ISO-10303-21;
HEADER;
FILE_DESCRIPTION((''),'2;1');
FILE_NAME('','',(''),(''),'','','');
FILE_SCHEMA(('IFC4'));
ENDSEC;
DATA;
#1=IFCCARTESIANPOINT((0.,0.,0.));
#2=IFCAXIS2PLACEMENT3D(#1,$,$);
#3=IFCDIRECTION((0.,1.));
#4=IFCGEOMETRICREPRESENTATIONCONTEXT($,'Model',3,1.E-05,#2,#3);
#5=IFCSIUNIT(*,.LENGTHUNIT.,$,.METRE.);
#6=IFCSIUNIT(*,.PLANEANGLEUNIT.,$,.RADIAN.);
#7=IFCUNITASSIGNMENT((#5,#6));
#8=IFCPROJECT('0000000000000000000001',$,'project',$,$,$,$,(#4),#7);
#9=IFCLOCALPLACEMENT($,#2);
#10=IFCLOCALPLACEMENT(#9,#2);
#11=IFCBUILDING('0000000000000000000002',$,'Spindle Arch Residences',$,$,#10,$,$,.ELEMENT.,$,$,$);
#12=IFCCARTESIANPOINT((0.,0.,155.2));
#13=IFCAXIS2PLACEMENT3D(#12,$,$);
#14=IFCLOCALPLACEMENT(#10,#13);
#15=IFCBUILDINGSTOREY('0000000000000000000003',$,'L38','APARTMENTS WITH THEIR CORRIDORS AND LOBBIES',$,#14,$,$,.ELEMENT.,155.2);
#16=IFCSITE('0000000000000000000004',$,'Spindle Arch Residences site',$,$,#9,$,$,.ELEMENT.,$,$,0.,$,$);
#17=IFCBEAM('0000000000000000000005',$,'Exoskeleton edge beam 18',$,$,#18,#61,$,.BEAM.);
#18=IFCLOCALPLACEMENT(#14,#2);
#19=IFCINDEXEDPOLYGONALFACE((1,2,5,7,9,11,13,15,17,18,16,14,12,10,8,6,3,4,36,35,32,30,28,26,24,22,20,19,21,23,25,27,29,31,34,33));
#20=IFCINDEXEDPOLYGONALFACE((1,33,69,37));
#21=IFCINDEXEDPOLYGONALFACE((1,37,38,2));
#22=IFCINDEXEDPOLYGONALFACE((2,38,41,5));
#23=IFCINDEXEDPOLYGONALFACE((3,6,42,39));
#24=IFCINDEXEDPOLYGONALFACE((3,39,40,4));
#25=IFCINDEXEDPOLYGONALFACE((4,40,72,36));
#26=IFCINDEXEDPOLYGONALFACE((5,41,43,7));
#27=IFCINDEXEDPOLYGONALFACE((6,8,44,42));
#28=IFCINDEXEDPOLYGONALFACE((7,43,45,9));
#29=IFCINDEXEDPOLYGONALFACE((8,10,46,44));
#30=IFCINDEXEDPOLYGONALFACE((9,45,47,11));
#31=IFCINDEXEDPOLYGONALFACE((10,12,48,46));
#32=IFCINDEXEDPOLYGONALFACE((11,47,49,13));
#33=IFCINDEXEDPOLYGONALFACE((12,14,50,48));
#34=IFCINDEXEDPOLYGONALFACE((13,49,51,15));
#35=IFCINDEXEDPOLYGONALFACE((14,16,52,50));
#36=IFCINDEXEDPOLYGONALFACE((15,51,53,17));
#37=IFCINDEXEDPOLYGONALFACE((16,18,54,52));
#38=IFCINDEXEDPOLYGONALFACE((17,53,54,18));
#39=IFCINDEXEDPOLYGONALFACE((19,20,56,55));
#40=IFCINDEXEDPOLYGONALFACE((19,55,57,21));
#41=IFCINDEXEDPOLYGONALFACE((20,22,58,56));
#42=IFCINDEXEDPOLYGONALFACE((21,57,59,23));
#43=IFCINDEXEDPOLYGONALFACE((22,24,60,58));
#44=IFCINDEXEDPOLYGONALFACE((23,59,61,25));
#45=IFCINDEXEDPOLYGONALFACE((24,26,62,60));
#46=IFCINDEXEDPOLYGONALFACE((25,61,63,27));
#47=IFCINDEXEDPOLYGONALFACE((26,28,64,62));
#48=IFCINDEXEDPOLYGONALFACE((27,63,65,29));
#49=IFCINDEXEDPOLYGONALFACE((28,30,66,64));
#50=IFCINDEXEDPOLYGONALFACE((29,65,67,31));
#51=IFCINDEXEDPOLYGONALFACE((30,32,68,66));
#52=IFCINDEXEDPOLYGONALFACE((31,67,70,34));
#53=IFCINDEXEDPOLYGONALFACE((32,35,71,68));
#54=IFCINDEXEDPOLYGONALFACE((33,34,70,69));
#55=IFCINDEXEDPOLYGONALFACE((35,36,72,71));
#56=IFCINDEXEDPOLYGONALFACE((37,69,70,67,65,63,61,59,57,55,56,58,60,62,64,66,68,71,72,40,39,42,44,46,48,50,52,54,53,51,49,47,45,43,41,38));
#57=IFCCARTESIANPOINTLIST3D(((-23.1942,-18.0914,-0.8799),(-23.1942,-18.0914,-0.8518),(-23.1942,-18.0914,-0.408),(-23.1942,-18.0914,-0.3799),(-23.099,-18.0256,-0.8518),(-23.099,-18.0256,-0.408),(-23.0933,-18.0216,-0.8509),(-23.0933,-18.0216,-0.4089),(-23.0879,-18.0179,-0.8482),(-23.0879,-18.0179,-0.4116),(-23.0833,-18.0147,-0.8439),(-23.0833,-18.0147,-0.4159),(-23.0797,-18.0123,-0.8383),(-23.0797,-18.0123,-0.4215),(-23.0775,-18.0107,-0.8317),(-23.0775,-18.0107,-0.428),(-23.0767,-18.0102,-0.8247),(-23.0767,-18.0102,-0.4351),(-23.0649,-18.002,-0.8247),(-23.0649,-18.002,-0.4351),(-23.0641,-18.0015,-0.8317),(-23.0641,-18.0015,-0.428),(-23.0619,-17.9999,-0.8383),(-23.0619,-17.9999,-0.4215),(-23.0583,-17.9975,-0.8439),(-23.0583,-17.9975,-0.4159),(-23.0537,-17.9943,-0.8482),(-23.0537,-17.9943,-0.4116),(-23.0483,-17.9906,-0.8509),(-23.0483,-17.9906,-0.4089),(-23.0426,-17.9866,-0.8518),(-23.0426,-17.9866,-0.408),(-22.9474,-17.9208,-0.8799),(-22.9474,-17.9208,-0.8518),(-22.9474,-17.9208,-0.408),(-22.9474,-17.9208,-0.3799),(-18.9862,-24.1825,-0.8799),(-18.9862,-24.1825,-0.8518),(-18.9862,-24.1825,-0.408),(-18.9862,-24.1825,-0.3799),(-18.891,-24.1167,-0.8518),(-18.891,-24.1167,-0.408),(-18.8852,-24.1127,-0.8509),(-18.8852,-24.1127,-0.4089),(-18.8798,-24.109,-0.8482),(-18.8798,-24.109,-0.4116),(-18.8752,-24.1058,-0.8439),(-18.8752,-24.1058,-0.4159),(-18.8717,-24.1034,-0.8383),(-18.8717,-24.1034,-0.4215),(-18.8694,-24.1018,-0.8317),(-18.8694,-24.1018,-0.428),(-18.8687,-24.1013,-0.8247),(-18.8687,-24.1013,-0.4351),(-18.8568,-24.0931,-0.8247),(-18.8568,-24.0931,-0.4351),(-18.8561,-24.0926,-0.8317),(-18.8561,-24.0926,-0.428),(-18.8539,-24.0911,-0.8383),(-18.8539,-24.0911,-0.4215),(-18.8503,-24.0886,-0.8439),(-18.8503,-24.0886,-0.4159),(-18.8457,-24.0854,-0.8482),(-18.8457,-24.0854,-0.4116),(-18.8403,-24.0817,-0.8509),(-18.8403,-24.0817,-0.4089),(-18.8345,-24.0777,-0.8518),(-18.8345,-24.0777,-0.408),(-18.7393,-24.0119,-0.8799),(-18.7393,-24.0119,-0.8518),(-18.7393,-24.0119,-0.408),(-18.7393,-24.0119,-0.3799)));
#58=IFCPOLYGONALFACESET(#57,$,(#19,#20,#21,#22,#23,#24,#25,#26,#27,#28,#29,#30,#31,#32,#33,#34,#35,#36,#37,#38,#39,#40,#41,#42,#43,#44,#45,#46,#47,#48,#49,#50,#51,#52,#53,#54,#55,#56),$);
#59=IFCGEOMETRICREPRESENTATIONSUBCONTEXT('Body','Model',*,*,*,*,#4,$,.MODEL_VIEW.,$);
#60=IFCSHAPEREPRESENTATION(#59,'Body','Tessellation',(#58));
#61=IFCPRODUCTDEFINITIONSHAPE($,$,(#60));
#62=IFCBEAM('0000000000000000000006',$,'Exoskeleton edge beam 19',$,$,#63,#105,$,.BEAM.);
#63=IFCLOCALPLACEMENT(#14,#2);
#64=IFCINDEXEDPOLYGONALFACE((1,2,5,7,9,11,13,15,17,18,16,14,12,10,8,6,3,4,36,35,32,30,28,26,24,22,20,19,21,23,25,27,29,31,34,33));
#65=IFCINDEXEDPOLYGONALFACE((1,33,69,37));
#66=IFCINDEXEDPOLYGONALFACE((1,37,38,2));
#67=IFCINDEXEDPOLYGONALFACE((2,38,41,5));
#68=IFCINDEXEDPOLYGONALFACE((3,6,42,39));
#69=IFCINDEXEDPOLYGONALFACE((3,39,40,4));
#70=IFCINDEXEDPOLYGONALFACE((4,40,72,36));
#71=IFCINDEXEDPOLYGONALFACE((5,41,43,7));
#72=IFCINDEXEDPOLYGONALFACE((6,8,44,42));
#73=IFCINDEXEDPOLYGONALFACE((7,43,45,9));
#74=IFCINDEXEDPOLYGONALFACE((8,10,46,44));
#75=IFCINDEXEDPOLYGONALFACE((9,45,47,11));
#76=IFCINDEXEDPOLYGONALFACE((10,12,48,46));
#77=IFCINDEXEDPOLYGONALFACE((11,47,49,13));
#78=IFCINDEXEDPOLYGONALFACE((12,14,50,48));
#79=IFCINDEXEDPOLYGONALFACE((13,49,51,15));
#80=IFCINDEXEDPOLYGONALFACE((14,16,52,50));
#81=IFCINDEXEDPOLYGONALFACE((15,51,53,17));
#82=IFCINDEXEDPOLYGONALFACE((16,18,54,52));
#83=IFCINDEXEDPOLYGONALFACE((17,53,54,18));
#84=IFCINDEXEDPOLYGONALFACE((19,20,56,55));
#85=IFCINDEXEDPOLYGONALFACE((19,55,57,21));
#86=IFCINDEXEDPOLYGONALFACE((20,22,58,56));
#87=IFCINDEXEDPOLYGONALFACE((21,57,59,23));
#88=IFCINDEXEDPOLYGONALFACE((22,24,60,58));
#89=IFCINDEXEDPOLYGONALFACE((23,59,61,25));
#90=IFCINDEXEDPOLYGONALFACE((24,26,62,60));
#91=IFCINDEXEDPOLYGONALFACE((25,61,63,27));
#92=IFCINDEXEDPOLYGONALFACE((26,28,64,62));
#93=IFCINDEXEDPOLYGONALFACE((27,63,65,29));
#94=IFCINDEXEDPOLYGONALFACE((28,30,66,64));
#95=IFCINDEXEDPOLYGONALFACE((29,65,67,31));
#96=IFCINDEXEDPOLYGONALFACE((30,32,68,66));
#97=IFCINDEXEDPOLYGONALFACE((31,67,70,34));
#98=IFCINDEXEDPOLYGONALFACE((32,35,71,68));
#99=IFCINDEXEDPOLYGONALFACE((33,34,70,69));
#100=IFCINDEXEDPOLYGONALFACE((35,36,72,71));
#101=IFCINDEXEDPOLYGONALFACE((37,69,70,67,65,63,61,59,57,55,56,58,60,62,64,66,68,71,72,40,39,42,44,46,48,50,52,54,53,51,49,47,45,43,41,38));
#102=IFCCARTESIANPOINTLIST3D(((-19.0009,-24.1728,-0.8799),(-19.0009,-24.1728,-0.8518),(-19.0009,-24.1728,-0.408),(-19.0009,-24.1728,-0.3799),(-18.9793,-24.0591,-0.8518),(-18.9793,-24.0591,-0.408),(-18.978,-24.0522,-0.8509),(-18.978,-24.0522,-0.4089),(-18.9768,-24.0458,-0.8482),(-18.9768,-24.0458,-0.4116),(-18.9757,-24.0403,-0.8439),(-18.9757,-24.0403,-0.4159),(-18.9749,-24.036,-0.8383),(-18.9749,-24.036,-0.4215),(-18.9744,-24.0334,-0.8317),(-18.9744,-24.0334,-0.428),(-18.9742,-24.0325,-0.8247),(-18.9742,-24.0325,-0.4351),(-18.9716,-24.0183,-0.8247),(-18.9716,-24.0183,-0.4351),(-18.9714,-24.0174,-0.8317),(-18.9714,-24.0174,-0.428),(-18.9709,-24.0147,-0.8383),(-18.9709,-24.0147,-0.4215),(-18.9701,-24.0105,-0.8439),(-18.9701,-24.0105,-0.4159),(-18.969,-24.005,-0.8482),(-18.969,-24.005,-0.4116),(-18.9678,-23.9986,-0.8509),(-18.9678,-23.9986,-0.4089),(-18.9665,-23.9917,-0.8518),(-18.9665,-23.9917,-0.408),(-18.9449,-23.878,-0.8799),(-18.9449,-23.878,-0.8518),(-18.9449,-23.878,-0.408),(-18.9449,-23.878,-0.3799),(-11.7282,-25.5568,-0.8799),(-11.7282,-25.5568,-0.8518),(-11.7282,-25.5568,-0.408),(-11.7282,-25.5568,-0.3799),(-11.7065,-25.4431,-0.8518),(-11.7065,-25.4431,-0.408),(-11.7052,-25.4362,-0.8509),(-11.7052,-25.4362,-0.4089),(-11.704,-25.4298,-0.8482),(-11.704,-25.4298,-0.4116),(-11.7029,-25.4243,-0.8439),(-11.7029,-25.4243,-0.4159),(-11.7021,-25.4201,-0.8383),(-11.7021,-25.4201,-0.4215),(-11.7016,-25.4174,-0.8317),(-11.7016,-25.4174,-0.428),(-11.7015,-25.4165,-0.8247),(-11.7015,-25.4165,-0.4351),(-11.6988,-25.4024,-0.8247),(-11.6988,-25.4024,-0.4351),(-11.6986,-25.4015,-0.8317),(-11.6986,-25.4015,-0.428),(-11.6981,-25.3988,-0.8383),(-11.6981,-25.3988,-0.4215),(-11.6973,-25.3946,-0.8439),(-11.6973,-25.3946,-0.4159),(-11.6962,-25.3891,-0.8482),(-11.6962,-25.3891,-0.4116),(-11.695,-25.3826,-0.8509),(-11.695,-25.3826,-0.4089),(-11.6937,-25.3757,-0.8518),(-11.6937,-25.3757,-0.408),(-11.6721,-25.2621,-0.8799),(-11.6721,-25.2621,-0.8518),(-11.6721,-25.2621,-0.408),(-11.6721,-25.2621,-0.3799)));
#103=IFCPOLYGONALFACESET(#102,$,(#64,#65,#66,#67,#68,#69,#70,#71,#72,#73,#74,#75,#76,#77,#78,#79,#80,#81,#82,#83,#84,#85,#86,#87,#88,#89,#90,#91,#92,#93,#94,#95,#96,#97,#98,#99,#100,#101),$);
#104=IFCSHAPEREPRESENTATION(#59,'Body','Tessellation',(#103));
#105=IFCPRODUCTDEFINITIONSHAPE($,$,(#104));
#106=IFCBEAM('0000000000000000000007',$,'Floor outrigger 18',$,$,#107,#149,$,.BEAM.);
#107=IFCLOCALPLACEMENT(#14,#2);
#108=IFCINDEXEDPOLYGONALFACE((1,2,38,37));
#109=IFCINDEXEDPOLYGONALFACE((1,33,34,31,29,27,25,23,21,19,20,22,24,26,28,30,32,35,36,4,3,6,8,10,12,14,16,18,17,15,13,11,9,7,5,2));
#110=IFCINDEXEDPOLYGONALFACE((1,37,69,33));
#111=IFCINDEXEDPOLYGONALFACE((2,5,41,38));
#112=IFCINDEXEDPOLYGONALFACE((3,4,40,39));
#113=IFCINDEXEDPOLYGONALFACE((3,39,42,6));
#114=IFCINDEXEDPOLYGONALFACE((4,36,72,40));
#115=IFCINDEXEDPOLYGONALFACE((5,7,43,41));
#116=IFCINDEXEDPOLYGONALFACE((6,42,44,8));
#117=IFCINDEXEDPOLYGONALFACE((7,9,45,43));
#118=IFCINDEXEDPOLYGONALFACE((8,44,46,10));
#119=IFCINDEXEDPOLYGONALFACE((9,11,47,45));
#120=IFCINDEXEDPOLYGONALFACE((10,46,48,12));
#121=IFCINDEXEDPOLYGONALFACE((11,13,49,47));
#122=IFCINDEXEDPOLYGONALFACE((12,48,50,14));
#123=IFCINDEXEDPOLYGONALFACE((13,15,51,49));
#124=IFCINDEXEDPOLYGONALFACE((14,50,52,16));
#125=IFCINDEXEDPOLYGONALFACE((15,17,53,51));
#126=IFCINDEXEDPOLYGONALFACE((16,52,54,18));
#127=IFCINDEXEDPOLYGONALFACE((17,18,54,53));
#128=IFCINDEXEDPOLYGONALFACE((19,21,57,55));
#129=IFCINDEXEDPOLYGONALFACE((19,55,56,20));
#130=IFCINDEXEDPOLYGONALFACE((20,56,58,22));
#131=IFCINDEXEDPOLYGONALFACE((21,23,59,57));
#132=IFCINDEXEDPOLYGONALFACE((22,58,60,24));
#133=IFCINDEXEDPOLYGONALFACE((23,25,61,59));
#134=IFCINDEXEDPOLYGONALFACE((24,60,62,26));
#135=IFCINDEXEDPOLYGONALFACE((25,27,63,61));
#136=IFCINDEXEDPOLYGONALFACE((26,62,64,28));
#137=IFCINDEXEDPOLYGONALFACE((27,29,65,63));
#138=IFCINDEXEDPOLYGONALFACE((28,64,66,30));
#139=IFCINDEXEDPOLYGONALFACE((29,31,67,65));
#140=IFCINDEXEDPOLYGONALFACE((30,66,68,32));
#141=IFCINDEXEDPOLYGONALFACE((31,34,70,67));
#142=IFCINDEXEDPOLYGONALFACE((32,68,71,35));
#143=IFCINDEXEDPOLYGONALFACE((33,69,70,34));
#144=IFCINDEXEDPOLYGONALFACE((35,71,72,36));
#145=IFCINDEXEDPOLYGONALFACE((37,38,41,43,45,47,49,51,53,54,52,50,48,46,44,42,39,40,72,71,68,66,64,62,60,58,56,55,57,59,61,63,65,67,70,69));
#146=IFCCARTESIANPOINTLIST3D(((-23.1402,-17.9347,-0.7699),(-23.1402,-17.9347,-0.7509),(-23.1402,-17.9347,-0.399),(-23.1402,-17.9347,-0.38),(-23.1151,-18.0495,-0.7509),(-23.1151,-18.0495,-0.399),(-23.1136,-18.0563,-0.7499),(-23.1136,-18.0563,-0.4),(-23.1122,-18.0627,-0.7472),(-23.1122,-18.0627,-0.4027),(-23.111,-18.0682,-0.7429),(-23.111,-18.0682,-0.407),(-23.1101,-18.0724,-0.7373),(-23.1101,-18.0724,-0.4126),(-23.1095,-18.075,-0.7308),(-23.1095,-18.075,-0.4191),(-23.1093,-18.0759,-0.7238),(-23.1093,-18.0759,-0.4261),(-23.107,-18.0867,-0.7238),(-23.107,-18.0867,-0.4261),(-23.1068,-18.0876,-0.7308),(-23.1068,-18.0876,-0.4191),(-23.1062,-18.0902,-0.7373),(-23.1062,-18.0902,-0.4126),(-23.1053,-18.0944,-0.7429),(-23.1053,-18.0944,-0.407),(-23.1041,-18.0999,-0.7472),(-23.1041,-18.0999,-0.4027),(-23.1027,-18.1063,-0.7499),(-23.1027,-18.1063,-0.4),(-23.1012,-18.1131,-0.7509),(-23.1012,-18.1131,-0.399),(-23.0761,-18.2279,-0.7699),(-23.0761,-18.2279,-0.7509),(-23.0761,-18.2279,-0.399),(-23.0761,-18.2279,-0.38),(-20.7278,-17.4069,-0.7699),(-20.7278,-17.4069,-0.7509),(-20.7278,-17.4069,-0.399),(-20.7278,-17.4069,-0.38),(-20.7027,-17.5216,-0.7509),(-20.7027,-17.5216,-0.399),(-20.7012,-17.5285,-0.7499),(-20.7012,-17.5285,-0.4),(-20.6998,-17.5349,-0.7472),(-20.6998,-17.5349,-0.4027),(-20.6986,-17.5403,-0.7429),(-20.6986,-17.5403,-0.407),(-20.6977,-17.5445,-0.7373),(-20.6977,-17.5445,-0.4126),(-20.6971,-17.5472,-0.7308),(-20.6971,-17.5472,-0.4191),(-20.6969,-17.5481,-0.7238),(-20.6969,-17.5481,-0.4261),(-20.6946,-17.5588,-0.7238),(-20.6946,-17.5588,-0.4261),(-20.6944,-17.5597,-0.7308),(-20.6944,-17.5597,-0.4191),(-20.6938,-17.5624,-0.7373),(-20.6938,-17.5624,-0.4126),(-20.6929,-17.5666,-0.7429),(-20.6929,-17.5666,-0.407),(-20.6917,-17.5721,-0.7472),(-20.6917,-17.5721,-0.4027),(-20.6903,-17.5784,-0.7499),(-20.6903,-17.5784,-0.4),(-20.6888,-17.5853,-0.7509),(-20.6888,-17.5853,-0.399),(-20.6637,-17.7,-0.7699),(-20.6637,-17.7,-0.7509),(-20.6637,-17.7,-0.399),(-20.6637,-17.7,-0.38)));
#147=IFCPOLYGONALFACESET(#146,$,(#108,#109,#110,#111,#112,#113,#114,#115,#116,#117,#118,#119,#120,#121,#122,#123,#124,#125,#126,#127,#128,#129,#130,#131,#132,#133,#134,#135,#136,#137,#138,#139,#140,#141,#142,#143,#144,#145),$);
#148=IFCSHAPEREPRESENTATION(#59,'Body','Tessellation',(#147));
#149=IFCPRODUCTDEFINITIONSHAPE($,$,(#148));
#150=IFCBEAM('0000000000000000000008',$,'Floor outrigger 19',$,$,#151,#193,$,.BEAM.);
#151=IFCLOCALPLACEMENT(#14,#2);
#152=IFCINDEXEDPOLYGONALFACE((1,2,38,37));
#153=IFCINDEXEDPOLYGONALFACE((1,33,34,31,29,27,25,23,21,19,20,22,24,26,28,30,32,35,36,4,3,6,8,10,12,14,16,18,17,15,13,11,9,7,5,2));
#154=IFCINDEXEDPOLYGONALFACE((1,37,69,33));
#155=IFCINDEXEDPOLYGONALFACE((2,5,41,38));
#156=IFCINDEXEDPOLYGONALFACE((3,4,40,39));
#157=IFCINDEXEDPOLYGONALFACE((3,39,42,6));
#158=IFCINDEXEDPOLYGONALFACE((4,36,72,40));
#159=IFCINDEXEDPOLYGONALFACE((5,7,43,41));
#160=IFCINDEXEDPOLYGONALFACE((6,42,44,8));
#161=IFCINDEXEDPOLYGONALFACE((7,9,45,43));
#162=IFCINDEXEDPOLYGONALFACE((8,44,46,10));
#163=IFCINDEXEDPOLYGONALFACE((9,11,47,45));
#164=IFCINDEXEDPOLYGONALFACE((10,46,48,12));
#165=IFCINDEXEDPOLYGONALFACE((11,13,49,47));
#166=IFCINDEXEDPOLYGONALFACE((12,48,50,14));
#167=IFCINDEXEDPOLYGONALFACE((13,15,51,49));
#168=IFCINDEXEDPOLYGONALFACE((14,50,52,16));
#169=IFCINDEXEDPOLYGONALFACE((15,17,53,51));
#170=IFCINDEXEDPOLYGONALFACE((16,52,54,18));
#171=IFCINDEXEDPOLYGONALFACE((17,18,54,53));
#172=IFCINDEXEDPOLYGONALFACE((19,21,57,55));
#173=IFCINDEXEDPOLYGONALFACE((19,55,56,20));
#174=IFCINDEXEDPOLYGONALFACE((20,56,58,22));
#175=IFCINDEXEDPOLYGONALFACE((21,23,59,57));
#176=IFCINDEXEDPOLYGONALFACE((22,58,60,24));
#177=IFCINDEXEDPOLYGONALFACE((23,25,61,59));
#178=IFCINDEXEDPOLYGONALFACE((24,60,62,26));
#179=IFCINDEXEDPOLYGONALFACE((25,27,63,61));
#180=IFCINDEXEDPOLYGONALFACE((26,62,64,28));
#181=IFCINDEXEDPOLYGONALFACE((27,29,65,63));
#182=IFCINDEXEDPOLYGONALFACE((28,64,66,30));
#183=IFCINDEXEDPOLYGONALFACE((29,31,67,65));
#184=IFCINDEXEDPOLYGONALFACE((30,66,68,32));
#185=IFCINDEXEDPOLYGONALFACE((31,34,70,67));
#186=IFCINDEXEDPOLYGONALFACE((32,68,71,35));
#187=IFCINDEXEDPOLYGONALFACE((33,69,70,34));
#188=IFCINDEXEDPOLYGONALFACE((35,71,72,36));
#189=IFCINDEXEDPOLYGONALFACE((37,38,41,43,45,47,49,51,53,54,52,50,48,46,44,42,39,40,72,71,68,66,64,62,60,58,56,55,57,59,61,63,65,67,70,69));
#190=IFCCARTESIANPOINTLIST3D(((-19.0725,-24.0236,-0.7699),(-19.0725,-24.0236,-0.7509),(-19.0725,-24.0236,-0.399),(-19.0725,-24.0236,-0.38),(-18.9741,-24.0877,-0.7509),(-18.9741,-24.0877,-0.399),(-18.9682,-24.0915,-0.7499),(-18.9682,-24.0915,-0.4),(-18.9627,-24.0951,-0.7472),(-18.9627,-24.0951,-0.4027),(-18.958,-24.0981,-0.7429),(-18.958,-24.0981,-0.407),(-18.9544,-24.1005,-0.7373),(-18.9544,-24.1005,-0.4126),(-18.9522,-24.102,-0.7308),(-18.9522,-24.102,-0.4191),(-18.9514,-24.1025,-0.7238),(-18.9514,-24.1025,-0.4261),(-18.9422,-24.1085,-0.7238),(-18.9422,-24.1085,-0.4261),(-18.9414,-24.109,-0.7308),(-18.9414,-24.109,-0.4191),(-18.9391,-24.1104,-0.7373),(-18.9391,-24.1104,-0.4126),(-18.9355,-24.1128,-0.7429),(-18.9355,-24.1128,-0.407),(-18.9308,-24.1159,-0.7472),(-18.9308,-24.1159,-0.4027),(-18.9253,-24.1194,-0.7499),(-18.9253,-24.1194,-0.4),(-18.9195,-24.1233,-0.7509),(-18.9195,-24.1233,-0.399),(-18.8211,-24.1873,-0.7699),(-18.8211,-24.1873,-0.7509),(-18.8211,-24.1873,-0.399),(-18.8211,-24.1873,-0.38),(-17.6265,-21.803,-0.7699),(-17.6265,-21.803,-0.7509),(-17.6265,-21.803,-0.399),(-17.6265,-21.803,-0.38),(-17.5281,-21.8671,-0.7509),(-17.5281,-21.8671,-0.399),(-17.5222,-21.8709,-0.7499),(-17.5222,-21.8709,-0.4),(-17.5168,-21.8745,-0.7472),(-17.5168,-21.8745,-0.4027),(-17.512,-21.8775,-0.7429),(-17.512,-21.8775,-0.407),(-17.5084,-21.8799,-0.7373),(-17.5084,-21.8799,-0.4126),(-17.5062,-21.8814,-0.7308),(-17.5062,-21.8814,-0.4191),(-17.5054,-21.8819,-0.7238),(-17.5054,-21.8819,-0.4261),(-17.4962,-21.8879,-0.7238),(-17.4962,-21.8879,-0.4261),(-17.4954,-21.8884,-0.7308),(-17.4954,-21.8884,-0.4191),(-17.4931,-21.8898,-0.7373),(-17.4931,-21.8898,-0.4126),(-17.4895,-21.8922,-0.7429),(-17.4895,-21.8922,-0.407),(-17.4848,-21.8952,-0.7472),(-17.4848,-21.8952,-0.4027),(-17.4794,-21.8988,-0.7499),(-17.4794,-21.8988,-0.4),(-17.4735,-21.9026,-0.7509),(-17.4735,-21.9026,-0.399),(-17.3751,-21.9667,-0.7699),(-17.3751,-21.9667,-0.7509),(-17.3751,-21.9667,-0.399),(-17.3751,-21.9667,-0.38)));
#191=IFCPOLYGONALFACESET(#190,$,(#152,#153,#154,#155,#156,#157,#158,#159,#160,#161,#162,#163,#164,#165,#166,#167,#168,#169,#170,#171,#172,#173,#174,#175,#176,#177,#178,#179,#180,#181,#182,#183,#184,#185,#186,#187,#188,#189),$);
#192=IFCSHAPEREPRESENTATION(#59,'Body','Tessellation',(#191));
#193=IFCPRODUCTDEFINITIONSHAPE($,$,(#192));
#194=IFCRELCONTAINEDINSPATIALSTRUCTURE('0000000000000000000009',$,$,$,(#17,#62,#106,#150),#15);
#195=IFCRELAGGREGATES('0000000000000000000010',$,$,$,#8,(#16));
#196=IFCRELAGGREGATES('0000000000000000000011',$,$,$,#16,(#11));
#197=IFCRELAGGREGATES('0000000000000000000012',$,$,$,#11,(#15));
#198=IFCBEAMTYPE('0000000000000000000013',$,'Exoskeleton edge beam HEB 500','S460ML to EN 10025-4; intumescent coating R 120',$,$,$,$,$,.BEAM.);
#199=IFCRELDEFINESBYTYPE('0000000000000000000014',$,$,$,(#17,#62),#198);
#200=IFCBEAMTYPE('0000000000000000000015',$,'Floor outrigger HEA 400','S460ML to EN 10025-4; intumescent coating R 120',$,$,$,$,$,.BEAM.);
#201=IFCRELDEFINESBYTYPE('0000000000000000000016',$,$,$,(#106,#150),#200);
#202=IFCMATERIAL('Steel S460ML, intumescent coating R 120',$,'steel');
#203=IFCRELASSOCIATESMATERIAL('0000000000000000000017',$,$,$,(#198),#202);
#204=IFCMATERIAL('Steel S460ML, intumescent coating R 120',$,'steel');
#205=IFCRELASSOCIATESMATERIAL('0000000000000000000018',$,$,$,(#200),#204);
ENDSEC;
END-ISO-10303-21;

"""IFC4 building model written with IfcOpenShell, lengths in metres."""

from ifc_helpers import new_model, si_unit, direction, frame, origin, origin_2d, place, context, subcontext, project, spatial, i_section, extrude, material, material_profile, profile_set, type_object, element, save


model = new_model("IFC4")

# Units and contexts
model_context = context("Model", 3, precision=1e-05, world=origin(), true_north=direction((0.0, 1.0)))
body_context = subcontext(model_context, "Body", "Model", "MODEL_VIEW")
ifc_project = project(units=[si_unit("LENGTHUNIT", "METRE"), si_unit("PLANEANGLEUNIT", "RADIAN")], contexts=[model_context])

# Site, building, storey
site_placement = place(None, origin())
site = spatial("IfcSite", under=ifc_project, at=site_placement, Name="Spindle Arch Residences site", CompositionType="ELEMENT", RefElevation=0.0)
building_placement = place(site_placement, origin())
building = spatial("IfcBuilding", under=site, at=building_placement, Name="Spindle Arch Residences", CompositionType="ELEMENT")
storey_placement = place(building_placement, frame((0.0, 0.0, 155.2)))
storey = spatial("IfcBuildingStorey", under=building, at=storey_placement, Name="L38", Description="APARTMENTS WITH THEIR CORRIDORS AND LOBBIES", CompositionType="ELEMENT", Elevation=155.2)

# Beams
ifc_material_1 = material(Name="Steel S460ML, intumescent coating R 120", Category="steel")
ifc_material_profile_1 = material_profile(ifc_material_1, i_section(OverallWidth=0.3, OverallDepth=0.5, WebThickness=0.0144, FlangeThickness=0.0281, FilletRadius=0.0271, at=origin_2d()), Name="HEB 500")
ifc_profile_set_1 = profile_set([ifc_material_profile_1], Name="Steel S460ML, intumescent coating R 120")
beam_type_1 = type_object("IfcBeamType", Name="Exoskeleton edge beam HEB 500", Description="S460ML to EN 10025-4; intumescent coating R 120", PredefinedType="BEAM", material=ifc_profile_set_1)
for number, where, z_axis, x_axis, name in (
    (1, (-23.0708, -18.0061, -0.6299), (0.568399, -0.822753, 0.0), (0.822753, 0.568399, 0.0), "Exoskeleton edge beam 18"),
    (2, (-18.9729, -24.0254, -0.6299), (0.982369, -0.18695, 0.0), (0.18695, 0.982369, 0.0), "Exoskeleton edge beam 19"),
):
    element("IfcBeam", number, at=place(storey_placement, frame(where, z_axis=z_axis, x_axis=x_axis)), inside=storey, type_object=beam_type_1, Name=name, PredefinedType="BEAM", context=body_context, shape_type="SweptSolid", body=[
        extrude(i_section(OverallWidth=0.3, OverallDepth=0.5, WebThickness=0.0144, FlangeThickness=0.0281, FilletRadius=0.0271, at=origin_2d()), origin(), (0.0, 0.0, 1.0), 7.4033),
    ])
ifc_material_2 = material(Name="Steel S460ML, intumescent coating R 120", Category="steel")
ifc_material_profile_2 = material_profile(ifc_material_2, i_section(OverallWidth=0.3, OverallDepth=0.3899, WebThickness=0.011, FlangeThickness=0.019, FilletRadius=0.0271, at=origin_2d()), Name="HEA 400")
ifc_profile_set_2 = profile_set([ifc_material_profile_2], Name="Steel S460ML, intumescent coating R 120")
beam_type_2 = type_object("IfcBeamType", Name="Floor outrigger HEA 400", Description="S460ML to EN 10025-4; intumescent coating R 120", PredefinedType="BEAM", material=ifc_profile_set_2)
beam_1_placement = place(storey_placement, frame((-23.1082, -18.0813, -0.575), z_axis=(0.976889, 0.213747, 0.0), x_axis=(-0.213747, 0.976889, 0.0)))
element("IfcBeam", 3, at=beam_1_placement, inside=storey, type_object=beam_type_2, Name="Floor outrigger 18", PredefinedType="BEAM", context=body_context, shape_type="SweptSolid", body=[
    extrude(i_section(OverallWidth=0.3, OverallDepth=0.3899, WebThickness=0.011, FlangeThickness=0.019, FilletRadius=0.0271, at=origin_2d()), origin(), (0.0, 0.0, 1.0), 2.4695),
])
beam_2_placement = place(storey_placement, frame((-18.9468, -24.1055, -0.575), z_axis=(0.545675, 0.837997, 0.0), x_axis=(-0.837997, 0.545675, 0.0)))
element("IfcBeam", 4, at=beam_2_placement, inside=storey, type_object=beam_type_2, Name="Floor outrigger 19", PredefinedType="BEAM", context=body_context, shape_type="SweptSolid", body=[
    extrude(i_section(OverallWidth=0.3, OverallDepth=0.3899, WebThickness=0.011, FlangeThickness=0.019, FilletRadius=0.0271, at=origin_2d()), origin(), (0.0, 0.0, 1.0), 2.6499),
])

save(model, "model.ifc")
